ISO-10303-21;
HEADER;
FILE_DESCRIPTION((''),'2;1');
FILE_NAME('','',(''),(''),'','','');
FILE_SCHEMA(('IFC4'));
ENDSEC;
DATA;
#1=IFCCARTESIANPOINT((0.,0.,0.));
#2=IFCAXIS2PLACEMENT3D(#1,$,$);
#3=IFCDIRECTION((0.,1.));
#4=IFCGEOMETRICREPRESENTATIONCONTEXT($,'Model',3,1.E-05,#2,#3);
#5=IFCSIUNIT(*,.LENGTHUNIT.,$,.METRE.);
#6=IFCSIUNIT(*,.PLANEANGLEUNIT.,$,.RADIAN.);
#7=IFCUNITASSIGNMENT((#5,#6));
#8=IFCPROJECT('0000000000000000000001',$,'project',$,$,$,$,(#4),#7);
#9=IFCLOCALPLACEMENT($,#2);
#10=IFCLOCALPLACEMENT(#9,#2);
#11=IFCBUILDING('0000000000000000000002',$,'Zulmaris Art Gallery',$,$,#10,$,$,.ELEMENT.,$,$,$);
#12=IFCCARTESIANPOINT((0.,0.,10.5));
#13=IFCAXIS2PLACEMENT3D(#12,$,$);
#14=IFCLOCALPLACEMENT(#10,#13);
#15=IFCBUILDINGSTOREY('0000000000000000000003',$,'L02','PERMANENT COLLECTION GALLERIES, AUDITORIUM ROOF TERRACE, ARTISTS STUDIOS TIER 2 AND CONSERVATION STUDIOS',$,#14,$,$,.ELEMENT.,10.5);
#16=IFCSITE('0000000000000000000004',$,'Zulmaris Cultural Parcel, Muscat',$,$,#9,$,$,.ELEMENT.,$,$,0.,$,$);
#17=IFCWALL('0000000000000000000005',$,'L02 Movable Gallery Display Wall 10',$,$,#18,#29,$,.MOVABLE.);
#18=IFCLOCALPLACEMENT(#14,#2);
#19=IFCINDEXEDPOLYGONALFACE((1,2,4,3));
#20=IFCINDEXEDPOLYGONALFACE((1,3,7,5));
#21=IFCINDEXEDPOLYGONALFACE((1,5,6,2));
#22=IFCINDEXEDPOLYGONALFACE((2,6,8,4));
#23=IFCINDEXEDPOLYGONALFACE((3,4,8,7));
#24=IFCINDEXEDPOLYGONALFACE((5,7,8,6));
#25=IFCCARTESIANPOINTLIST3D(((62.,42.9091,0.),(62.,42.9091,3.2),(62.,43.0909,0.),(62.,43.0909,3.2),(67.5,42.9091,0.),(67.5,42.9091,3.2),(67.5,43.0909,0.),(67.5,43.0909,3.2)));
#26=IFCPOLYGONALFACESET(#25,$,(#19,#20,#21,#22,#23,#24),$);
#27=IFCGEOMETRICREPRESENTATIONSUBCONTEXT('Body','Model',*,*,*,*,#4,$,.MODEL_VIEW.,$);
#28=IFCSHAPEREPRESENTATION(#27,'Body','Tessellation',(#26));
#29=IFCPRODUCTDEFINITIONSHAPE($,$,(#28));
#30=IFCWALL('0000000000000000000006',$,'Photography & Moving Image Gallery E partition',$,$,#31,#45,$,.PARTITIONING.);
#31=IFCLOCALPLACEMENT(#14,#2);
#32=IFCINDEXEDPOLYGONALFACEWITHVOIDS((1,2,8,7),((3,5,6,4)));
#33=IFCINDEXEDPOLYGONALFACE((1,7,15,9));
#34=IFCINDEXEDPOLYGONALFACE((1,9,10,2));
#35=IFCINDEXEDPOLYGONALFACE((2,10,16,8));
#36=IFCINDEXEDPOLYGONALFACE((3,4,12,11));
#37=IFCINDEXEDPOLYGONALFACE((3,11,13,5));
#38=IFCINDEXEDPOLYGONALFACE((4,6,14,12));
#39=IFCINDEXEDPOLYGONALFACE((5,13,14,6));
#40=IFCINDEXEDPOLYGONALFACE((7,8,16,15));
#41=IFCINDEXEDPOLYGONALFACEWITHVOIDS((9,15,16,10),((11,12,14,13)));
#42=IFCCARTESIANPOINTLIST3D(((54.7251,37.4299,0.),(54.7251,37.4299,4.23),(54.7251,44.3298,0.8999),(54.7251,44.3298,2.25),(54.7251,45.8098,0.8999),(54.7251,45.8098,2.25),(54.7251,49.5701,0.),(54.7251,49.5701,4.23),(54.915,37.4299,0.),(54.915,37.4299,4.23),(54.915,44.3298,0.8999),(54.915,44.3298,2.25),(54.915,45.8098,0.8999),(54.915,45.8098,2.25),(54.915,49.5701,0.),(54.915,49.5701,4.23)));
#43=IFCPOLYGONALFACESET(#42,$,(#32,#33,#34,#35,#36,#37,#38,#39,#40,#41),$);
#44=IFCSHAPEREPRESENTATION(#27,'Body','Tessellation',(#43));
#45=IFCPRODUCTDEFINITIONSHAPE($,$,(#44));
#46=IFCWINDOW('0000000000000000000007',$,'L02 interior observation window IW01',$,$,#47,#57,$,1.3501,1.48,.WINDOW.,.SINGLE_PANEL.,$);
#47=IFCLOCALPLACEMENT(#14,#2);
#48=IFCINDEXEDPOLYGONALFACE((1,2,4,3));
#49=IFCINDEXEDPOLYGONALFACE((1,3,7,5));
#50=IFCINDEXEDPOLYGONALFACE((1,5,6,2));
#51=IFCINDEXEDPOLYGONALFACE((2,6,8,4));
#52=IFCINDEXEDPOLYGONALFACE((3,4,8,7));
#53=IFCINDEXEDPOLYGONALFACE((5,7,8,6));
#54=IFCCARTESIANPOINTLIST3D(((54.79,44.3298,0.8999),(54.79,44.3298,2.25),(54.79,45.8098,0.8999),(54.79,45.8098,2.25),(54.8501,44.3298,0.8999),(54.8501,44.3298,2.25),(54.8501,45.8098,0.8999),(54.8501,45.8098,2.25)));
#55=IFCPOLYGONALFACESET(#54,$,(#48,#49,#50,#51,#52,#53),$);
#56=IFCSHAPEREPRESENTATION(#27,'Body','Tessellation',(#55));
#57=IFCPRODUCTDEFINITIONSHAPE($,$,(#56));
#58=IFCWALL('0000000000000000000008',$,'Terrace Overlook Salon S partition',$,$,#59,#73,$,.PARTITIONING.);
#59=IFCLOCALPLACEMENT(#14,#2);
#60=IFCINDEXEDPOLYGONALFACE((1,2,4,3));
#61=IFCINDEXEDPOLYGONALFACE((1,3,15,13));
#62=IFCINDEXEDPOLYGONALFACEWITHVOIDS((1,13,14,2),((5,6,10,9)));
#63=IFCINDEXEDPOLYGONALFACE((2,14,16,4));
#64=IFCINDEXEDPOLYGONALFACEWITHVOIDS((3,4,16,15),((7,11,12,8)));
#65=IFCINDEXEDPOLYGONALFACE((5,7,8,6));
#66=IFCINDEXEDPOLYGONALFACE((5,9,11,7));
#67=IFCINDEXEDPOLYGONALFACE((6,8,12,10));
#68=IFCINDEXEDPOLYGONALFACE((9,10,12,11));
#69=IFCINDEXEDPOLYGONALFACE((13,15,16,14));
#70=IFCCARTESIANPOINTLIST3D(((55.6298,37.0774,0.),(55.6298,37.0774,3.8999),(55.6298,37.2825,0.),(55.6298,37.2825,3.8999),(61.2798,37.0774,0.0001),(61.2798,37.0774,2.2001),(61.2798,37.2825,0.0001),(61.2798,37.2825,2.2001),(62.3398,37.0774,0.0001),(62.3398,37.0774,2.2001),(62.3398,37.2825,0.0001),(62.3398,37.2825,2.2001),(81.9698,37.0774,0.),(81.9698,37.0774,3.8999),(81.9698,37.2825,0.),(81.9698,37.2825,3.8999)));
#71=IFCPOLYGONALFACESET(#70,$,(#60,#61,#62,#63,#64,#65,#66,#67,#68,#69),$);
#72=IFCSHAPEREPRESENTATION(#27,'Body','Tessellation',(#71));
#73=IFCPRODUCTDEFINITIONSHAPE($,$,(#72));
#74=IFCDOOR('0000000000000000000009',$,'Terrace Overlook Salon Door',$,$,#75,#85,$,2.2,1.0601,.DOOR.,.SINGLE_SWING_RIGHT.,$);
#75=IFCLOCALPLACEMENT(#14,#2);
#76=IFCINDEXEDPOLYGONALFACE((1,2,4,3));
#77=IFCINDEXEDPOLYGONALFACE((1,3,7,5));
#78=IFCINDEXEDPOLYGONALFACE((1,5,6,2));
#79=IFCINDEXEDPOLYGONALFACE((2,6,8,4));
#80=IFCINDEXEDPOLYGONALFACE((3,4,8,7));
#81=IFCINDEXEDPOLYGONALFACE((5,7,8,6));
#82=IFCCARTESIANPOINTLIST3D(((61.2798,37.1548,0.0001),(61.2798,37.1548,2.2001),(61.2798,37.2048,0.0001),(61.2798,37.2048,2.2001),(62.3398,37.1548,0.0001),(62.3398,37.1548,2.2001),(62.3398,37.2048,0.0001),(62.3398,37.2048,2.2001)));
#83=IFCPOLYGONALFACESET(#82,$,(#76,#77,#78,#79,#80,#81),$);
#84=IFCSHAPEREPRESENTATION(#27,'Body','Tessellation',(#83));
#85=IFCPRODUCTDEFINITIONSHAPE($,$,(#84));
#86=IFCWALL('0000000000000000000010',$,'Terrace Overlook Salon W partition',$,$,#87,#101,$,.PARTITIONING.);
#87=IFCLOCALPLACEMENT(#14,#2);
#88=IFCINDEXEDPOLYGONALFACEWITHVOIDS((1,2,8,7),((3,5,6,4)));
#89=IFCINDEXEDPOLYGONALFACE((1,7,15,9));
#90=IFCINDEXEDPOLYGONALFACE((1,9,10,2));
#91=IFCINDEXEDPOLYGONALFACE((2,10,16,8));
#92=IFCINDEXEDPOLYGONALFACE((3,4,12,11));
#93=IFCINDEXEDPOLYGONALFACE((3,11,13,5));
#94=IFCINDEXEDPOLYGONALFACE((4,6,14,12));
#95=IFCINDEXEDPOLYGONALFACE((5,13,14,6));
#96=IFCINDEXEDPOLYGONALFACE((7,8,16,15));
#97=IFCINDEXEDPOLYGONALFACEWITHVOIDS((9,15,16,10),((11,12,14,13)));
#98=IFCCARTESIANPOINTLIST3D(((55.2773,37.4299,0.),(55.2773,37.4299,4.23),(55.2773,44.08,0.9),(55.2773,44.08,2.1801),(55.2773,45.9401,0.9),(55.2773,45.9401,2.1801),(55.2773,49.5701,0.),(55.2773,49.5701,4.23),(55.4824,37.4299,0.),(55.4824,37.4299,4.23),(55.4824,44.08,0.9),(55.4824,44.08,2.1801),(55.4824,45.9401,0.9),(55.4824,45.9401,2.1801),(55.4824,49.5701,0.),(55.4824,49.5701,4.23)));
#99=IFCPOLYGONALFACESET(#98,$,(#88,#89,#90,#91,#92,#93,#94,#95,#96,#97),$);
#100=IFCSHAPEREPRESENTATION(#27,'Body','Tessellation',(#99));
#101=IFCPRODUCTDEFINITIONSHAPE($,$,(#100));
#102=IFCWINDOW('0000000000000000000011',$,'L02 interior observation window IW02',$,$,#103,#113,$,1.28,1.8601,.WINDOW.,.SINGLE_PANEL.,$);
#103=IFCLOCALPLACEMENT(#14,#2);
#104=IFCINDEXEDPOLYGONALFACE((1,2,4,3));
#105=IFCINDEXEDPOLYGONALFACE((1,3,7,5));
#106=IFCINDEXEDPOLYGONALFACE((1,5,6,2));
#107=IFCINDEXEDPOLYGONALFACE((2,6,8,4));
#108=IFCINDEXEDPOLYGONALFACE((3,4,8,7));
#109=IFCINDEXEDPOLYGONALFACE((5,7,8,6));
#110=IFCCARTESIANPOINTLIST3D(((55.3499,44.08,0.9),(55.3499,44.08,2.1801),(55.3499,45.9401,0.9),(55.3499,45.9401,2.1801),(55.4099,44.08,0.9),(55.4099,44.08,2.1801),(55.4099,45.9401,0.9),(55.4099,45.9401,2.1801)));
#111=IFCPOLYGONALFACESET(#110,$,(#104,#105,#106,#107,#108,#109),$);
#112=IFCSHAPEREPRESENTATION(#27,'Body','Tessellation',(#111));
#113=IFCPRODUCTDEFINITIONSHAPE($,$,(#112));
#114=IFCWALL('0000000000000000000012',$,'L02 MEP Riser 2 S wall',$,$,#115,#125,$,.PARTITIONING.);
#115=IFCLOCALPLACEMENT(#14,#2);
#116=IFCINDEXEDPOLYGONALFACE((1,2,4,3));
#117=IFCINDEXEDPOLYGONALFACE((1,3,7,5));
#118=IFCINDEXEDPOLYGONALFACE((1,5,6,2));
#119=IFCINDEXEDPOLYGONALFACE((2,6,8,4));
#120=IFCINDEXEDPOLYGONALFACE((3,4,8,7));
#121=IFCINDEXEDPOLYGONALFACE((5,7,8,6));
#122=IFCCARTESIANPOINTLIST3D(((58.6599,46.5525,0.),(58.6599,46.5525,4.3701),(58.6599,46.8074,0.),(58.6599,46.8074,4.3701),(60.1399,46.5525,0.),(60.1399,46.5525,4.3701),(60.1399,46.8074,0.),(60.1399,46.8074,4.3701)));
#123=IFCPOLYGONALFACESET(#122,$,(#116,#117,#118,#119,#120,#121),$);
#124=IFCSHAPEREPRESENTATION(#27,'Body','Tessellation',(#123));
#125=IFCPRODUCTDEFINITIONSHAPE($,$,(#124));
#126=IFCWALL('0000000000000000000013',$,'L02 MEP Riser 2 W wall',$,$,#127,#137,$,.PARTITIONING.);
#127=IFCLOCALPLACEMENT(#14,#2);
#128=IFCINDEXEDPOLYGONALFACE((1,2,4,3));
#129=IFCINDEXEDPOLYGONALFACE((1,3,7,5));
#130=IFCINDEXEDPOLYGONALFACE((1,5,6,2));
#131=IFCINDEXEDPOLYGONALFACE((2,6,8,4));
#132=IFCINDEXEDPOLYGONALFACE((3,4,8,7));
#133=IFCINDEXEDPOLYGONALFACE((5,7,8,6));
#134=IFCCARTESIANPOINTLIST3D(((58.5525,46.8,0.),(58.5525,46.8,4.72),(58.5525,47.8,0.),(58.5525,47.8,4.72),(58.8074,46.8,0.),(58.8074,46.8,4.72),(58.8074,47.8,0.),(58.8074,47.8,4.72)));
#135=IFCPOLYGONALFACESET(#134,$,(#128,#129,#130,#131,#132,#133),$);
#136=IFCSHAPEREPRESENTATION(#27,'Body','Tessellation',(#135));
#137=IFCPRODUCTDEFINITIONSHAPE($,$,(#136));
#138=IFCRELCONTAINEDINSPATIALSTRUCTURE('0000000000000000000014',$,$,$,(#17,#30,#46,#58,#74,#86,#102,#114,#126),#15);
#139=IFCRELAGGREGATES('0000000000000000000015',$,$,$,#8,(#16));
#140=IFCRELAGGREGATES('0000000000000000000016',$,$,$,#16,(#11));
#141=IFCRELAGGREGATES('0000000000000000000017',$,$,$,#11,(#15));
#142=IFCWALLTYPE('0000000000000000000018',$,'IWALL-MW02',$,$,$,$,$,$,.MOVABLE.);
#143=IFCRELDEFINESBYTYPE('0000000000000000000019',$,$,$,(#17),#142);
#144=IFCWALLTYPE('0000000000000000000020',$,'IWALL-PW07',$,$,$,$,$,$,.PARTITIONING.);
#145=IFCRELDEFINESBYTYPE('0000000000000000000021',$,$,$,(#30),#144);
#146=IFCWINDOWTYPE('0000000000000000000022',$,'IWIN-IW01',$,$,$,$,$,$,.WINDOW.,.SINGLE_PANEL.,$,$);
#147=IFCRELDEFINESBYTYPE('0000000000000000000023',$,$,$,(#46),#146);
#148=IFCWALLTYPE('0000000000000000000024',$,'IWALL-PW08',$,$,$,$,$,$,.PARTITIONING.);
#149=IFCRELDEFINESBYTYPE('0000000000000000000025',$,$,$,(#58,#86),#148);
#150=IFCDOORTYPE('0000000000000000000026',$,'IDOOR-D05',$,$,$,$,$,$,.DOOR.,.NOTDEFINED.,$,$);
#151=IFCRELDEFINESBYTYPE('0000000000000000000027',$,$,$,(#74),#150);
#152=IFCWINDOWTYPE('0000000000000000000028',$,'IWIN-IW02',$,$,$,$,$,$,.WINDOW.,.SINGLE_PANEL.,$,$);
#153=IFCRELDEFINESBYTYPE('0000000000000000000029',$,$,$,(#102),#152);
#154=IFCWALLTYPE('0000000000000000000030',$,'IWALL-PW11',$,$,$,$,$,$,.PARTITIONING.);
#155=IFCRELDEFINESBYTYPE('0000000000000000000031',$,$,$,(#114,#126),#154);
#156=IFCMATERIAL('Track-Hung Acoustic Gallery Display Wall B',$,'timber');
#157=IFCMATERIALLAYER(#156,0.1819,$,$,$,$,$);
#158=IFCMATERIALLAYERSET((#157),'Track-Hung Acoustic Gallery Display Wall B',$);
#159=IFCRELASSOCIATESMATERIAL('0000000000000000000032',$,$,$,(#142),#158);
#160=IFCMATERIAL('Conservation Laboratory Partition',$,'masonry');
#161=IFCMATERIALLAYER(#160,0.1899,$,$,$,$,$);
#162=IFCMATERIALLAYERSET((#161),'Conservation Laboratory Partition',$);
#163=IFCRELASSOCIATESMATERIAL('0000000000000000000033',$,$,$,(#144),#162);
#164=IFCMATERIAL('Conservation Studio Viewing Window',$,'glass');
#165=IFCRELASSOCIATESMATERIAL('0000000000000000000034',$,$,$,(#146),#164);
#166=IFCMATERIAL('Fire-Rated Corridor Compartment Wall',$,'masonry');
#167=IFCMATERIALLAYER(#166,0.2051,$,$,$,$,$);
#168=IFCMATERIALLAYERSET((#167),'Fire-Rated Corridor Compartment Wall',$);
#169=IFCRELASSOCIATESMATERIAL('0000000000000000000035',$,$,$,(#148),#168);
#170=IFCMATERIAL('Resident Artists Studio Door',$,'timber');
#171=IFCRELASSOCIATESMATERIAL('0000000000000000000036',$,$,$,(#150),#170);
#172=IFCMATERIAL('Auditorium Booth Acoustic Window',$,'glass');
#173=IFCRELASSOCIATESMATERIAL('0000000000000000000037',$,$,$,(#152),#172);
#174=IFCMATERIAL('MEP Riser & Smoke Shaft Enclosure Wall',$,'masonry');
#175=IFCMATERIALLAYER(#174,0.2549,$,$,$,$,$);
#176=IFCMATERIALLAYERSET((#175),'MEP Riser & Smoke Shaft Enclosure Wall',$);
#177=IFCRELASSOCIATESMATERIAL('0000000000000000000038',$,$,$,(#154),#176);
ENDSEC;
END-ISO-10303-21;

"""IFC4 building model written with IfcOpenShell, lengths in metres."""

from ifc_helpers import new_model, si_unit, direction, frame, frame_2d, origin, place, context, subcontext, project, spatial, rectangle, extrude, material, layer, layer_set, type_object, element, fill, save


model = new_model("IFC4")

# Units and contexts
model_context = context("Model", 3, precision=1e-05, world=origin(), true_north=direction((0.0, 1.0)))
body_context = subcontext(model_context, "Body", "Model", "MODEL_VIEW")
ifc_project = project(units=[si_unit("LENGTHUNIT", "METRE"), si_unit("PLANEANGLEUNIT", "RADIAN")], contexts=[model_context])

# Site, building, storey
site_placement = place(None, origin())
site = spatial("IfcSite", under=ifc_project, at=site_placement, Name="Zulmaris Cultural Parcel, Muscat", CompositionType="ELEMENT", RefElevation=0.0)
building_placement = place(site_placement, origin())
building = spatial("IfcBuilding", under=site, at=building_placement, Name="Zulmaris Art Gallery", CompositionType="ELEMENT")
storey_placement = place(building_placement, frame((0.0, 0.0, 10.5)))
storey = spatial("IfcBuildingStorey", under=building, at=storey_placement, Name="L02", Description="PERMANENT COLLECTION GALLERIES, AUDITORIUM ROOF TERRACE, ARTISTS STUDIOS TIER 2 AND CONSERVATION STUDIOS", CompositionType="ELEMENT", Elevation=10.5)

# Wall
ifc_material_1 = material(Name="Track-Hung Acoustic Gallery Display Wall B", Category="timber")
ifc_layer_1 = layer(ifc_material_1, 0.1819)
ifc_layer_set_1 = layer_set([ifc_layer_1], Name="Track-Hung Acoustic Gallery Display Wall B")
wall_type_1 = type_object("IfcWallType", Name="IWALL-MW02", PredefinedType="MOVABLE", material=ifc_layer_set_1)
wall_1_placement = place(storey_placement, frame((62.0, 43.0, 0.0), z_axis=(0.0, 0.0, 1.0), x_axis=(1.0, 0.0, 0.0)))
element("IfcWall", 1, at=wall_1_placement, inside=storey, type_object=wall_type_1, Name="L02 Movable Gallery Display Wall 10", PredefinedType="MOVABLE", context=body_context, shape_type="SweptSolid", body=[
    extrude(rectangle(XDim=5.5, YDim=0.1819, at=frame_2d((2.75, 0.0))), origin(), (0.0, 0.0, 1.0), 3.2),
])

# Wall, opening, window
ifc_material_2 = material(Name="Conservation Laboratory Partition", Category="masonry")
ifc_layer_2 = layer(ifc_material_2, 0.1899)
ifc_layer_set_2 = layer_set([ifc_layer_2], Name="Conservation Laboratory Partition")
wall_type_2 = type_object("IfcWallType", Name="IWALL-PW07", PredefinedType="PARTITIONING", material=ifc_layer_set_2)
wall_2_placement = place(storey_placement, frame((54.8201, 37.4299, 0.0), z_axis=(0.0, 0.0, 1.0), x_axis=(0.0, 1.0, 0.0)))
wall_2 = element("IfcWall", 2, at=wall_2_placement, inside=storey, type_object=wall_type_2, Name="Photography & Moving Image Gallery E partition", PredefinedType="PARTITIONING", context=body_context, shape_type="SweptSolid", body=[
    extrude(rectangle(XDim=12.1401, YDim=0.1899, at=frame_2d((6.0701, 0.0))), origin(), (0.0, 0.0, 1.0), 4.23),
])
opening_1_placement = place(wall_2_placement, frame((6.8999, 0.0, 0.8999)))
opening_1 = element("IfcOpeningElement", 3, at=opening_1_placement, cuts=wall_2, PredefinedType="OPENING", context=body_context, shape_type="SweptSolid", body=[
    extrude(rectangle(XDim=1.48, YDim=1.3501, at=frame_2d((0.74, 0.675))), frame((0.0, 0.105, 0.0), z_axis=(0.0, -1.0, 0.0), x_axis=(1.0, 0.0, 0.0)), (0.0, 0.0, 1.0), 0.21),
])
ifc_material_3 = material(Name="Conservation Studio Viewing Window", Category="glass")
window_type_1 = type_object("IfcWindowType", Name="IWIN-IW01", PartitioningType="SINGLE_PANEL", PredefinedType="WINDOW", material=ifc_material_3)
window_1_placement = place(opening_1_placement, origin())
window_1 = element("IfcWindow", 4, at=window_1_placement, inside=storey, type_object=window_type_1, Name="L02 interior observation window IW01", OverallHeight=1.3501, OverallWidth=1.48, PartitioningType="SINGLE_PANEL", PredefinedType="WINDOW", context=body_context, shape_type="SweptSolid", body=[
    extrude(rectangle(XDim=1.48, YDim=1.3501, at=frame_2d((0.74, 0.675))), frame((0.0, 0.03, 0.0), z_axis=(0.0, -1.0, 0.0), x_axis=(1.0, 0.0, 0.0)), (0.0, 0.0, 1.0), 0.0601),
])
fill(opening_1, window_1)

# Wall, opening, door
ifc_material_4 = material(Name="Fire-Rated Corridor Compartment Wall", Category="masonry")
ifc_layer_3 = layer(ifc_material_4, 0.2051)
ifc_layer_set_3 = layer_set([ifc_layer_3], Name="Fire-Rated Corridor Compartment Wall")
wall_type_3 = type_object("IfcWallType", Name="IWALL-PW08", PredefinedType="PARTITIONING", material=ifc_layer_set_3)
wall_3_placement = place(storey_placement, frame((55.6299, 37.1799, 0.0), z_axis=(0.0, 0.0, 1.0), x_axis=(1.0, 0.0, 0.0)))
wall_3 = element("IfcWall", 5, at=wall_3_placement, inside=storey, type_object=wall_type_3, Name="Terrace Overlook Salon S partition", PredefinedType="PARTITIONING", context=body_context, shape_type="SweptSolid", body=[
    extrude(rectangle(XDim=26.3401, YDim=0.2051, at=frame_2d((13.1699, 0.0))), origin(), (0.0, 0.0, 1.0), 3.8999),
])
opening_2_placement = place(wall_3_placement, frame((5.6499, 0.0, 0.0)))
opening_2 = element("IfcOpeningElement", 6, at=opening_2_placement, cuts=wall_3, PredefinedType="OPENING", context=body_context, shape_type="SweptSolid", body=[
    extrude(rectangle(XDim=1.0601, YDim=2.2, at=frame_2d((0.53, 1.1001))), frame((0.0, 0.1125, 0.0), z_axis=(0.0, -1.0, 0.0), x_axis=(1.0, 0.0, 0.0)), (0.0, 0.0, 1.0), 0.2251),
])
ifc_material_5 = material(Name="Resident Artists Studio Door", Category="timber")
door_type = type_object("IfcDoorType", Name="IDOOR-D05", OperationType="NOTDEFINED", PredefinedType="DOOR", material=ifc_material_5)
door_placement = place(opening_2_placement, origin())
door = element("IfcDoor", 7, at=door_placement, inside=storey, type_object=door_type, Name="Terrace Overlook Salon Door", OperationType="SINGLE_SWING_RIGHT", OverallHeight=2.2, OverallWidth=1.0601, PredefinedType="DOOR", context=body_context, shape_type="SweptSolid", body=[
    extrude(rectangle(XDim=1.0601, YDim=2.2, at=frame_2d((0.53, 1.1001))), frame((0.0, 0.0249, 0.0), z_axis=(0.0, -1.0, 0.0), x_axis=(1.0, 0.0, 0.0)), (0.0, 0.0, 1.0), 0.05),
])
fill(opening_2, door)

# Wall, opening, window
wall_4_placement = place(storey_placement, frame((55.3799, 37.4299, 0.0), z_axis=(0.0, 0.0, 1.0), x_axis=(0.0, 1.0, 0.0)))
wall_4 = element("IfcWall", 8, at=wall_4_placement, inside=storey, type_object=wall_type_3, Name="Terrace Overlook Salon W partition", PredefinedType="PARTITIONING", context=body_context, shape_type="SweptSolid", body=[
    extrude(rectangle(XDim=12.1401, YDim=0.2051, at=frame_2d((6.0701, 0.0))), origin(), (0.0, 0.0, 1.0), 4.23),
])
opening_3_placement = place(wall_4_placement, frame((6.6499, 0.0, 0.8999)))
opening_3 = element("IfcOpeningElement", 9, at=opening_3_placement, cuts=wall_4, PredefinedType="OPENING", context=body_context, shape_type="SweptSolid", body=[
    extrude(rectangle(XDim=1.8601, YDim=1.28, at=frame_2d((0.9302, 0.6401))), frame((0.0, 0.1125, 0.0), z_axis=(0.0, -1.0, 0.0), x_axis=(1.0, 0.0, 0.0)), (0.0, 0.0, 1.0), 0.2251),
])
ifc_material_6 = material(Name="Auditorium Booth Acoustic Window", Category="glass")
window_type_2 = type_object("IfcWindowType", Name="IWIN-IW02", PartitioningType="SINGLE_PANEL", PredefinedType="WINDOW", material=ifc_material_6)
window_2_placement = place(opening_3_placement, origin())
window_2 = element("IfcWindow", 10, at=window_2_placement, inside=storey, type_object=window_type_2, Name="L02 interior observation window IW02", OverallHeight=1.28, OverallWidth=1.8601, PartitioningType="SINGLE_PANEL", PredefinedType="WINDOW", context=body_context, shape_type="SweptSolid", body=[
    extrude(rectangle(XDim=1.8601, YDim=1.28, at=frame_2d((0.9302, 0.6401))), frame((0.0, 0.03, 0.0), z_axis=(0.0, -1.0, 0.0), x_axis=(1.0, 0.0, 0.0)), (0.0, 0.0, 1.0), 0.0601),
])
fill(opening_3, window_2)

# Walls
ifc_material_7 = material(Name="MEP Riser & Smoke Shaft Enclosure Wall", Category="masonry")
ifc_layer_4 = layer(ifc_material_7, 0.2549)
ifc_layer_set_4 = layer_set([ifc_layer_4], Name="MEP Riser & Smoke Shaft Enclosure Wall")
wall_type_4 = type_object("IfcWallType", Name="IWALL-PW11", PredefinedType="PARTITIONING", material=ifc_layer_set_4)
wall_5_placement = place(storey_placement, frame((58.6599, 46.6799, 0.0), z_axis=(0.0, 0.0, 1.0), x_axis=(1.0, 0.0, 0.0)))
element("IfcWall", 11, at=wall_5_placement, inside=storey, type_object=wall_type_4, Name="L02 MEP Riser 2 S wall", PredefinedType="PARTITIONING", context=body_context, shape_type="SweptSolid", body=[
    extrude(rectangle(XDim=1.48, YDim=0.2549, at=frame_2d((0.74, 0.0))), origin(), (0.0, 0.0, 1.0), 4.3701),
])
wall_6_placement = place(storey_placement, frame((58.6799, 46.8, 0.0), z_axis=(0.0, 0.0, 1.0), x_axis=(0.0, 1.0, 0.0)))
element("IfcWall", 12, at=wall_6_placement, inside=storey, type_object=wall_type_4, Name="L02 MEP Riser 2 W wall", PredefinedType="PARTITIONING", context=body_context, shape_type="SweptSolid", body=[
    extrude(rectangle(XDim=1.0, YDim=0.2549, at=frame_2d((0.5, 0.0))), origin(), (0.0, 0.0, 1.0), 4.72),
])

save(model, "model.ifc")
